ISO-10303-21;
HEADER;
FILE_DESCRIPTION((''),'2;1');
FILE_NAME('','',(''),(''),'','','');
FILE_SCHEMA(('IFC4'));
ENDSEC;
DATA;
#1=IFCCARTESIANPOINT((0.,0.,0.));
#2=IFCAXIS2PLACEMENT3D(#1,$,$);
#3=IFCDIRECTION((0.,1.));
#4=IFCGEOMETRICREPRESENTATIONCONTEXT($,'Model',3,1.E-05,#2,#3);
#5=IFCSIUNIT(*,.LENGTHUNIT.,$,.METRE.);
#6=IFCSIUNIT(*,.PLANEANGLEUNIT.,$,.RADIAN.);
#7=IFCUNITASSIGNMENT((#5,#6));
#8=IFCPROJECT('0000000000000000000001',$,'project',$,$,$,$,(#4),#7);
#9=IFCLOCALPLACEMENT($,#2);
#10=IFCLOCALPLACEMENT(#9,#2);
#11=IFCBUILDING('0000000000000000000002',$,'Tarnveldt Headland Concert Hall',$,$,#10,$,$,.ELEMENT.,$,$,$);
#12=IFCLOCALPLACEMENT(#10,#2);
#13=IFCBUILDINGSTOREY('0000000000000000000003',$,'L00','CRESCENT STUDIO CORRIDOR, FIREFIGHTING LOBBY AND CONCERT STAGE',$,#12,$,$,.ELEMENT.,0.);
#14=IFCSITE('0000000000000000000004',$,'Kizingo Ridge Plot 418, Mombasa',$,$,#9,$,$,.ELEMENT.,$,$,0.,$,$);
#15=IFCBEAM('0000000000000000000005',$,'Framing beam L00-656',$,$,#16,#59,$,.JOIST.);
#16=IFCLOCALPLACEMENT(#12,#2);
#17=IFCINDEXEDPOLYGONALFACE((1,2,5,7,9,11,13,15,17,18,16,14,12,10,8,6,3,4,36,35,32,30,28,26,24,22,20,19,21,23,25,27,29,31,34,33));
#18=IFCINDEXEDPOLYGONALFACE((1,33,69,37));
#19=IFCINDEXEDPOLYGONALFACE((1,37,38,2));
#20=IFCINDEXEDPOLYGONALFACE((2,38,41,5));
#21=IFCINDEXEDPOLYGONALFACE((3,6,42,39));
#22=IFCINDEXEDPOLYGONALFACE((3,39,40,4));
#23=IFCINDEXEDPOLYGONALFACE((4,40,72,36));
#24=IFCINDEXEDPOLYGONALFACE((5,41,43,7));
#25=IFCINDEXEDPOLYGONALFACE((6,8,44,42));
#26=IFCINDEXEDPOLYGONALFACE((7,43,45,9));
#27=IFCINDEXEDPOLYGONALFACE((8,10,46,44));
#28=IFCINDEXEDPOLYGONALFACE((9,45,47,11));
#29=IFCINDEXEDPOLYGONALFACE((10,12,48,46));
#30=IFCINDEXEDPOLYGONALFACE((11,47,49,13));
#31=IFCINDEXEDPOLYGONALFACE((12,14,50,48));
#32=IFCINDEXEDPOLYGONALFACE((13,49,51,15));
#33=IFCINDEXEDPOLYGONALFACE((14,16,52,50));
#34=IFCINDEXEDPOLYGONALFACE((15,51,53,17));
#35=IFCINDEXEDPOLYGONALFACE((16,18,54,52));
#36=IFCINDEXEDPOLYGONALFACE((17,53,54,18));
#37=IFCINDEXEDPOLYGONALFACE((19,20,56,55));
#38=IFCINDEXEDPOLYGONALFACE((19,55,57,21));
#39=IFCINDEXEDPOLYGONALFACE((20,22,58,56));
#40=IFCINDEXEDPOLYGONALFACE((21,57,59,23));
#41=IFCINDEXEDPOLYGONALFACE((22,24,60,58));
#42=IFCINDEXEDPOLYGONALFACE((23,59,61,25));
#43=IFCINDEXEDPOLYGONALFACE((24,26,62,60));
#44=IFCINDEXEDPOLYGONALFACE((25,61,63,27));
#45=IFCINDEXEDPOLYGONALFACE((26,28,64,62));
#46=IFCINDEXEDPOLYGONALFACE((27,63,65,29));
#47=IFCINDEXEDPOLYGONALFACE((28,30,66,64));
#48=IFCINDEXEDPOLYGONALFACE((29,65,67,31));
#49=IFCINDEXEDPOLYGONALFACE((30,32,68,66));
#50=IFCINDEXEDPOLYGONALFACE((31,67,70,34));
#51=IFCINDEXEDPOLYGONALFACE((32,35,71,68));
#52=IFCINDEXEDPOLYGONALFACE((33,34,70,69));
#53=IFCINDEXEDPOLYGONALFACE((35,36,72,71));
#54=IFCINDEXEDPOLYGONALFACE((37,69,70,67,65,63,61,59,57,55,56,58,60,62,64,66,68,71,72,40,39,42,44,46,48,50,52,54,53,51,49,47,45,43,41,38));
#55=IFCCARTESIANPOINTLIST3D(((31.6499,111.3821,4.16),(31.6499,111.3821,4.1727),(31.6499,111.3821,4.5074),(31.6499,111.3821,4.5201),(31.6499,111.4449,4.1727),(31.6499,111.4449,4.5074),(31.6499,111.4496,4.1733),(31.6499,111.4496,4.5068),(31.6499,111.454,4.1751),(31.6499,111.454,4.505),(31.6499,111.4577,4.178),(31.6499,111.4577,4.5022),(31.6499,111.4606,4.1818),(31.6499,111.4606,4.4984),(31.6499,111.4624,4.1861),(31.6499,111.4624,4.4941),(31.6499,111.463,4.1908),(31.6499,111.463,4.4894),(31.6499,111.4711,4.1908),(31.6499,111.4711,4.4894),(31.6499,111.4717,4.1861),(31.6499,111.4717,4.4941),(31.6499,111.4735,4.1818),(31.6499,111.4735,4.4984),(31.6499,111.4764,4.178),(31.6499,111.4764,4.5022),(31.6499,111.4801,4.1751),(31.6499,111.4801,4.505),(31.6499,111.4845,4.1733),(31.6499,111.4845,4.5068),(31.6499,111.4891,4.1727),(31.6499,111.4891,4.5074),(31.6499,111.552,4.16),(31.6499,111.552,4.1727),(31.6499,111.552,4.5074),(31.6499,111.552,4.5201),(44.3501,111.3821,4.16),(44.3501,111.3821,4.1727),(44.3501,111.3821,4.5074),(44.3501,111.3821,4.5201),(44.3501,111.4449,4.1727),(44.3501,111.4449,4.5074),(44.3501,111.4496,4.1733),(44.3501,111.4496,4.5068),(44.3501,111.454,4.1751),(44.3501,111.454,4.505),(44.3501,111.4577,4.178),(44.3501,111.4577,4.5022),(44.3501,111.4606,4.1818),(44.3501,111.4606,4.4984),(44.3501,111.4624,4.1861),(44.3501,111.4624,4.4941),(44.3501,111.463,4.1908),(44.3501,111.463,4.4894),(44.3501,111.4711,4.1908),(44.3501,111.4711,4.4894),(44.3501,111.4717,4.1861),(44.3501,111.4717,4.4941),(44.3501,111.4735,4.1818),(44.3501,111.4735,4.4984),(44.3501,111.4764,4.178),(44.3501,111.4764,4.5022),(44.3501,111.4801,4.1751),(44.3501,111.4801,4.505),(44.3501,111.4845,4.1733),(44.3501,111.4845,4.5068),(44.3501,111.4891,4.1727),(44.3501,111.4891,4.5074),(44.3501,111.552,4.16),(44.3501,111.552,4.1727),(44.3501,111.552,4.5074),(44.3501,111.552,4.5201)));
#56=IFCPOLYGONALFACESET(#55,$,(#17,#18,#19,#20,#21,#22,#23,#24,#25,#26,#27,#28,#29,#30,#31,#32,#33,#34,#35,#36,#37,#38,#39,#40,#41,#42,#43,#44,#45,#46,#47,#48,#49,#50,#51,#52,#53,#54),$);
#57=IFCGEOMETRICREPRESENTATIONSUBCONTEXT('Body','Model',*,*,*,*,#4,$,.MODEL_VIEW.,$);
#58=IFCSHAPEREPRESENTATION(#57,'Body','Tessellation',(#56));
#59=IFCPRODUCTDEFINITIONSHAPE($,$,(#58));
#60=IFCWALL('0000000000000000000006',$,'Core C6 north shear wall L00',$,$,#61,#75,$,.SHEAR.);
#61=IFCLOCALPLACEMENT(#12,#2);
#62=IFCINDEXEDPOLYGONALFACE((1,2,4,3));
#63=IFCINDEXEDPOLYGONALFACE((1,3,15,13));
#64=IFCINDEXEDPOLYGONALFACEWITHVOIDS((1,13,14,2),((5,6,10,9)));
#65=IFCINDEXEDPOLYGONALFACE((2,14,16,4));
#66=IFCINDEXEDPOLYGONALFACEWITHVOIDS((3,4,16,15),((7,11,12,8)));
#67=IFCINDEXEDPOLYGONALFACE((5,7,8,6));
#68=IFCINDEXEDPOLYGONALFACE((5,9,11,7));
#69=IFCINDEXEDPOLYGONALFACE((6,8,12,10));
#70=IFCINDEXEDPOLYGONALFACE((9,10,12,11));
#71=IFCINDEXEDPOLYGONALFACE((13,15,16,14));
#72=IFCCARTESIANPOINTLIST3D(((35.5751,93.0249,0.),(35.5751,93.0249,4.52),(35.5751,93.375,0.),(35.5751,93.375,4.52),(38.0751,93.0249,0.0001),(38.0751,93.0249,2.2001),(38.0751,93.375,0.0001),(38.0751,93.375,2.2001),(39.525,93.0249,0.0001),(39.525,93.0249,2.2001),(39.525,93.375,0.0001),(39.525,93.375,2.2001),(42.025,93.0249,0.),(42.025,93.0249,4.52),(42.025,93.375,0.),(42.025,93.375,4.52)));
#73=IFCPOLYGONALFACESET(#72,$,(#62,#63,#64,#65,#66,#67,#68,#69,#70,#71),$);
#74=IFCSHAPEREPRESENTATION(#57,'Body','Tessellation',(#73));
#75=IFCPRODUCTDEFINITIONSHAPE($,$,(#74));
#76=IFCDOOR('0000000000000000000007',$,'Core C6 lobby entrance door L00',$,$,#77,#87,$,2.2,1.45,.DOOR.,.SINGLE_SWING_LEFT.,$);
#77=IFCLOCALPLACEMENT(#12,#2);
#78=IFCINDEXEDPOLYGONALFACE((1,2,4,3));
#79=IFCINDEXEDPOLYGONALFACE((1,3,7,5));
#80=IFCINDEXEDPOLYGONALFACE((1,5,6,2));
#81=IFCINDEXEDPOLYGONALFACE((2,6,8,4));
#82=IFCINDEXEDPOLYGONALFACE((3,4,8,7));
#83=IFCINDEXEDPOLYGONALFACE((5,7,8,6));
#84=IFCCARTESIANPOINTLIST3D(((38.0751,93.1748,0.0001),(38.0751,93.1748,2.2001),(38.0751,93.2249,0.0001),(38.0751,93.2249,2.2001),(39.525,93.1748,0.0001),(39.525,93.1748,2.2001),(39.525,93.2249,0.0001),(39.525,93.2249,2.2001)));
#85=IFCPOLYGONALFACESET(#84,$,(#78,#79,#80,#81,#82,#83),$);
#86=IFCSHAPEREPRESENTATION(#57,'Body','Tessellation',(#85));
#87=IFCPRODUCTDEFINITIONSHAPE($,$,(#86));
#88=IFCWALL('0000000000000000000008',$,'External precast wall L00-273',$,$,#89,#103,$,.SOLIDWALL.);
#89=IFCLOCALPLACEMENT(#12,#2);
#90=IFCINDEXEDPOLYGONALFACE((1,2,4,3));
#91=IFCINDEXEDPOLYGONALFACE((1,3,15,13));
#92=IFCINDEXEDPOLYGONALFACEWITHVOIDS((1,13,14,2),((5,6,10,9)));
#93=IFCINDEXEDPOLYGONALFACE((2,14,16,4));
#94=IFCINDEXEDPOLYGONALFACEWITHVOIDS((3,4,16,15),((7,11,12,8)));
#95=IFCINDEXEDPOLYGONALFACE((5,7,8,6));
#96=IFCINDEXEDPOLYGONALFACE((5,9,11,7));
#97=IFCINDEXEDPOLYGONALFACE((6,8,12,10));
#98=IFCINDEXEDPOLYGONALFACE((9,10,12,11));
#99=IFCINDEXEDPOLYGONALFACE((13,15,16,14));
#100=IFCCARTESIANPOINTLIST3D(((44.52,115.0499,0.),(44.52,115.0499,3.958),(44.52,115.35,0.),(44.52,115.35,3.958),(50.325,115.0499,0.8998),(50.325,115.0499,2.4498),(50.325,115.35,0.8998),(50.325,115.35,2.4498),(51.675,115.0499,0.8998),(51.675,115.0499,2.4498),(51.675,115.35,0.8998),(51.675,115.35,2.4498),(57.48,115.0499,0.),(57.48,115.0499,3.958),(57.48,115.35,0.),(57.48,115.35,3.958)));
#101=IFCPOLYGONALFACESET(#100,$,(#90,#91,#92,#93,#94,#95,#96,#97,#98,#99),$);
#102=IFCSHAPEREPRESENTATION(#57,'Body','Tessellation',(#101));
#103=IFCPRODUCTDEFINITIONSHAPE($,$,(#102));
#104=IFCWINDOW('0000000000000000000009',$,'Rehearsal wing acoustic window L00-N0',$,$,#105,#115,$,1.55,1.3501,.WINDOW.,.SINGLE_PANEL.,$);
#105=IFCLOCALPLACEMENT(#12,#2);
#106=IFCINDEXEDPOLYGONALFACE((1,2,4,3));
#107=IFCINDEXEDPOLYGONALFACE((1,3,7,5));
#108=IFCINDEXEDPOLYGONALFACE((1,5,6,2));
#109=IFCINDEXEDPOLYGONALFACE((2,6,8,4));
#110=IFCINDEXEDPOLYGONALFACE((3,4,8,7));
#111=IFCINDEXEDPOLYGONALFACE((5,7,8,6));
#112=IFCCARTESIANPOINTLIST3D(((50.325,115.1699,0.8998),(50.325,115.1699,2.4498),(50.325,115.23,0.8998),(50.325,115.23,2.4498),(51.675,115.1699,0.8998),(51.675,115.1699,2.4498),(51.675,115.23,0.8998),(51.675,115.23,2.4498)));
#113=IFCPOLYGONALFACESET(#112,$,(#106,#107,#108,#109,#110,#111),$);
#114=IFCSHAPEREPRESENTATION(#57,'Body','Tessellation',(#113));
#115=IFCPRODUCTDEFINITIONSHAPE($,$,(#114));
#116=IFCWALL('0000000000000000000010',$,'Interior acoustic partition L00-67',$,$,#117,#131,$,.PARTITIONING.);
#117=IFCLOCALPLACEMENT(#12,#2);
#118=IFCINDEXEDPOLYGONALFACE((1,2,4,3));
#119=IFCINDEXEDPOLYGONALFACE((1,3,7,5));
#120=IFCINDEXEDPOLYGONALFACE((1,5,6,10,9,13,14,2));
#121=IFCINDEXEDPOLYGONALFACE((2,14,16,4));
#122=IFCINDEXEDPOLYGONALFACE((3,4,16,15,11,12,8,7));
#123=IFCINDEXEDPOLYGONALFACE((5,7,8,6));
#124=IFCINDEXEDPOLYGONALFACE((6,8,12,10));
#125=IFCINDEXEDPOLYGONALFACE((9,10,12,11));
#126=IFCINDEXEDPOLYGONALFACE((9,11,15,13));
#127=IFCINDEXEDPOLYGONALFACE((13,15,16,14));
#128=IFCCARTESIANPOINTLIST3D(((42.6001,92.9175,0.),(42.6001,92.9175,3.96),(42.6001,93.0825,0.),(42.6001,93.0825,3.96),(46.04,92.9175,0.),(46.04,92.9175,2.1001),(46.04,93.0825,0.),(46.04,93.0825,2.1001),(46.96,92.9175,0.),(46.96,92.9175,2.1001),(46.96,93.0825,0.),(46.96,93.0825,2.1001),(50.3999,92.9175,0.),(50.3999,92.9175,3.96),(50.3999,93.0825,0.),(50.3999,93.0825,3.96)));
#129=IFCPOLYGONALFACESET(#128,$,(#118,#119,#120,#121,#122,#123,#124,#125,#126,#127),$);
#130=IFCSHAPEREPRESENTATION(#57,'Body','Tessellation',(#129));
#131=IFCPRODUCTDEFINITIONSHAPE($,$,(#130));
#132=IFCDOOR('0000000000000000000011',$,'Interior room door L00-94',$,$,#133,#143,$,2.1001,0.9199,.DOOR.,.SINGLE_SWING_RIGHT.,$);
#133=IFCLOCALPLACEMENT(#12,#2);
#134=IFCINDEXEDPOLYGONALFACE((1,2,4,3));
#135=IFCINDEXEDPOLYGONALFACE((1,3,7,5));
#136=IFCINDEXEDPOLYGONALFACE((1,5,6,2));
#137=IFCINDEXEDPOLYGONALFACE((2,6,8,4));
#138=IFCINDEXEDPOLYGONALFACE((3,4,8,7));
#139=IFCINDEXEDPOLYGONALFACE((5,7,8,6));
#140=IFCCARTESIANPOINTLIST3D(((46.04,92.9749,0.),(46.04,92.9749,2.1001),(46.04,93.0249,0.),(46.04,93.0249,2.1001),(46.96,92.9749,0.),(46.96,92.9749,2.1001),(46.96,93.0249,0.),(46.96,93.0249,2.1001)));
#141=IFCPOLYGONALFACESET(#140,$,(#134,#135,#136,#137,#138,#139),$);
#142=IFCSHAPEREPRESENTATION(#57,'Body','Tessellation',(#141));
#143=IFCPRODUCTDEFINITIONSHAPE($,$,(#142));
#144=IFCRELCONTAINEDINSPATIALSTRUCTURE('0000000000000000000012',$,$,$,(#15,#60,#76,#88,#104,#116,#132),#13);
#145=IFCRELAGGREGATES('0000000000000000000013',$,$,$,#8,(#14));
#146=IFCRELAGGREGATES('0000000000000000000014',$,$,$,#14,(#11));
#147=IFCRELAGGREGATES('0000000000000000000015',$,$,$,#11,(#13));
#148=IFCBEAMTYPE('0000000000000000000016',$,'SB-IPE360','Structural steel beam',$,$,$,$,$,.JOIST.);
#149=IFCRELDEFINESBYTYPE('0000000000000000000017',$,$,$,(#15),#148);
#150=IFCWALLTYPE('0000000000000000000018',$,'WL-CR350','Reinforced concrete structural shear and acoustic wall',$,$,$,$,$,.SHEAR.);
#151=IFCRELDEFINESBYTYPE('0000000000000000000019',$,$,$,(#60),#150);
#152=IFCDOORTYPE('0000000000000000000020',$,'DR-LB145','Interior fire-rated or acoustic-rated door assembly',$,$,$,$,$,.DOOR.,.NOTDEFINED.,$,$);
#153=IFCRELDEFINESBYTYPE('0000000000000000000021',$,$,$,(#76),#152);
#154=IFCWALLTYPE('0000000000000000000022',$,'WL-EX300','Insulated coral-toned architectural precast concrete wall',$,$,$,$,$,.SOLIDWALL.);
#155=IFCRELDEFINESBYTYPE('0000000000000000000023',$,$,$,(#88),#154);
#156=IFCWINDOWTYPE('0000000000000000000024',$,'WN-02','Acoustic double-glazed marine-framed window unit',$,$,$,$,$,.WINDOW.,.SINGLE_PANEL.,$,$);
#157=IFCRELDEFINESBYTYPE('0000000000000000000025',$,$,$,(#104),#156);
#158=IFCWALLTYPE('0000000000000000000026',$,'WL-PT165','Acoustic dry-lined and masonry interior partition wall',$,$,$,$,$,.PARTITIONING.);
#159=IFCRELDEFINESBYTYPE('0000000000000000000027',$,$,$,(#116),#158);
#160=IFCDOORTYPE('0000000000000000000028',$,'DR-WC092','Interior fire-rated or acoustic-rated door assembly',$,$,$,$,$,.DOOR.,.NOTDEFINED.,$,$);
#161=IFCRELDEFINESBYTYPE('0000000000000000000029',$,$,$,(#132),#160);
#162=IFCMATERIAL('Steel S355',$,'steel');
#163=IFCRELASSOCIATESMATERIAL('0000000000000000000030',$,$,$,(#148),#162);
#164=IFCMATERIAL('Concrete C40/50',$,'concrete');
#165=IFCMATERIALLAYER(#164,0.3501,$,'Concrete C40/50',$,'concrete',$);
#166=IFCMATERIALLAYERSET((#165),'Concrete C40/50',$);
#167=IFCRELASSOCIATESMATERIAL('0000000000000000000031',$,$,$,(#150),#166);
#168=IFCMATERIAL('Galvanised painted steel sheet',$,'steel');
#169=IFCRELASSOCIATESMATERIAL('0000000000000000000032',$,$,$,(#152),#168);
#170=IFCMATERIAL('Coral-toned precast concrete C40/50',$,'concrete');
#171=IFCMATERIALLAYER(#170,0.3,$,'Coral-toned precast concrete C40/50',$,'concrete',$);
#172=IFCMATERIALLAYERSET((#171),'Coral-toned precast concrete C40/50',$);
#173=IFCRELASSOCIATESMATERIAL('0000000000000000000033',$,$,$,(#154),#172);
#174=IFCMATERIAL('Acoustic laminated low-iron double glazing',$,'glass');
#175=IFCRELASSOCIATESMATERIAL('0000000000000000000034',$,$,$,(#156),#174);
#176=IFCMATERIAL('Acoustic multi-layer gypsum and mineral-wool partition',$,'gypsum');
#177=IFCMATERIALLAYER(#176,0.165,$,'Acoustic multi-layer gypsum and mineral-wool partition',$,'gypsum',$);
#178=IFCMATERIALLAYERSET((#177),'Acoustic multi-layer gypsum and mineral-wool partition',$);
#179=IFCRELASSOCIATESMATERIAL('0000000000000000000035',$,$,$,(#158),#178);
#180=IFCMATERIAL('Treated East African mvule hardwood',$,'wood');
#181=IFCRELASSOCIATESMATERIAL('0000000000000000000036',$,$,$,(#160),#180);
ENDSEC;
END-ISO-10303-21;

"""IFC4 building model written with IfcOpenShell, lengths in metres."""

from ifc_helpers import new_model, si_unit, direction, frame, frame_2d, origin, origin_2d, place, context, subcontext, project, spatial, rectangle, i_section, extrude, material, layer, layer_set, material_profile, profile_set, type_object, element, fill, save


model = new_model("IFC4")

# Units and contexts
model_context = context("Model", 3, precision=1e-05, world=origin(), true_north=direction((0.0, 1.0)))
body_context = subcontext(model_context, "Body", "Model", "MODEL_VIEW")
ifc_project = project(units=[si_unit("LENGTHUNIT", "METRE"), si_unit("PLANEANGLEUNIT", "RADIAN")], contexts=[model_context])

# Site, building, storey
site_placement = place(None, origin())
site = spatial("IfcSite", under=ifc_project, at=site_placement, Name="Kizingo Ridge Plot 418, Mombasa", CompositionType="ELEMENT", RefElevation=0.0)
building_placement = place(site_placement, origin())
building = spatial("IfcBuilding", under=site, at=building_placement, Name="Tarnveldt Headland Concert Hall", CompositionType="ELEMENT")
storey_placement = place(building_placement, origin())
storey = spatial("IfcBuildingStorey", under=building, at=storey_placement, Name="L00", Description="CRESCENT STUDIO CORRIDOR, FIREFIGHTING LOBBY AND CONCERT STAGE", CompositionType="ELEMENT", Elevation=0.0)

# Shared definitions
ifc_material_1 = material(Name="Concrete C40/50", Category="concrete")

# Beam
ifc_material_2 = material(Name="Steel S355", Category="steel")
ifc_material_profile_1 = material_profile(ifc_material_2, i_section(OverallWidth=0.1699, OverallDepth=0.3601, WebThickness=0.0081, FlangeThickness=0.0127, FilletRadius=0.0181, at=origin_2d()), Name="IPE360", Category="steel")
ifc_profile_set_1 = profile_set([ifc_material_profile_1], Name="Steel S355")
beam_type_1 = type_object("IfcBeamType", Name="SB-IPE360", Description="Structural steel beam", PredefinedType="JOIST", material=ifc_profile_set_1)
for number, where, z_axis, x_axis, name in (
    (1, (31.6499, 111.467, 4.3401), (1.0, 0.0, 0.0), (0.0, 1.0, 0.0), "Framing beam L00-656"),
):
    element("IfcBeam", number, at=place(storey_placement, frame(where, z_axis=z_axis, x_axis=x_axis)), inside=storey, type_object=beam_type_1, Name=name, PredefinedType="JOIST", context=body_context, shape_type="SweptSolid", body=[
        extrude(i_section(OverallWidth=0.1699, OverallDepth=0.3601, WebThickness=0.0081, FlangeThickness=0.0127, FilletRadius=0.0181, at=origin_2d()), origin(), (0.0, 0.0, 1.0), 12.7002),
    ])

# Wall, opening, door
ifc_layer_1 = layer(ifc_material_1, 0.3501, Name="Concrete C40/50", Category="concrete")
ifc_layer_set_1 = layer_set([ifc_layer_1], Name="Concrete C40/50")
wall_type_1 = type_object("IfcWallType", Name="WL-CR350", Description="Reinforced concrete structural shear and acoustic wall", PredefinedType="SHEAR", material=ifc_layer_set_1)
wall_1_placement = place(storey_placement, frame((35.575, 93.2, 0.0), z_axis=(0.0, 0.0, 1.0), x_axis=(1.0, 0.0, 0.0)))
wall_1 = element("IfcWall", 2, at=wall_1_placement, inside=storey, type_object=wall_type_1, Name="Core C6 north shear wall L00", PredefinedType="SHEAR", context=body_context, shape_type="SweptSolid", body=[
    extrude(rectangle(XDim=6.45, YDim=0.3501, at=frame_2d((3.2251, 0.0))), origin(), (0.0, 0.0, 1.0), 4.52),
])
opening_1_placement = place(wall_1_placement, frame((2.5, 0.0, 0.0)))
opening_1 = element("IfcOpeningElement", 3, at=opening_1_placement, cuts=wall_1, PredefinedType="OPENING", context=body_context, shape_type="SweptSolid", body=[
    extrude(rectangle(XDim=1.45, YDim=2.2, at=frame_2d((0.7251, 1.1001))), frame((0.0, 0.1851, 0.0), z_axis=(0.0, -1.0, 0.0), x_axis=(1.0, 0.0, 0.0)), (0.0, 0.0, 1.0), 0.3701),
])
ifc_material_3 = material(Name="Galvanised painted steel sheet", Category="steel")
door_type_1 = type_object("IfcDoorType", Name="DR-LB145", Description="Interior fire-rated or acoustic-rated door assembly", OperationType="NOTDEFINED", PredefinedType="DOOR", material=ifc_material_3)
door_1_placement = place(opening_1_placement, origin())
door_1 = element("IfcDoor", 4, at=door_1_placement, inside=storey, type_object=door_type_1, Name="Core C6 lobby entrance door L00", OperationType="SINGLE_SWING_LEFT", OverallHeight=2.2, OverallWidth=1.45, PredefinedType="DOOR", context=body_context, shape_type="SweptSolid", body=[
    extrude(rectangle(XDim=1.45, YDim=2.2, at=frame_2d((0.7251, 1.1001))), frame((0.0, 0.0249, 0.0), z_axis=(0.0, -1.0, 0.0), x_axis=(1.0, 0.0, 0.0)), (0.0, 0.0, 1.0), 0.05),
])
fill(opening_1, door_1)

# Wall, opening, window
ifc_material_4 = material(Name="Coral-toned precast concrete C40/50", Category="concrete")
ifc_layer_2 = layer(ifc_material_4, 0.3, Name="Coral-toned precast concrete C40/50", Category="concrete")
ifc_layer_set_2 = layer_set([ifc_layer_2], Name="Coral-toned precast concrete C40/50")
wall_type_2 = type_object("IfcWallType", Name="WL-EX300", Description="Insulated coral-toned architectural precast concrete wall", PredefinedType="SOLIDWALL", material=ifc_layer_set_2)
wall_2_placement = place(storey_placement, frame((44.52, 115.2, 0.0), z_axis=(0.0, 0.0, 1.0), x_axis=(1.0, 0.0, 0.0)))
wall_2 = element("IfcWall", 5, at=wall_2_placement, inside=storey, type_object=wall_type_2, Name="External precast wall L00-273", PredefinedType="SOLIDWALL", context=body_context, shape_type="SweptSolid", body=[
    extrude(rectangle(XDim=12.96, YDim=0.3, at=frame_2d((6.48, 0.0))), origin(), (0.0, 0.0, 1.0), 3.958),
])
opening_2_placement = place(wall_2_placement, frame((5.8049, 0.0, 0.8999)))
opening_2 = element("IfcOpeningElement", 6, at=opening_2_placement, cuts=wall_2, PredefinedType="OPENING", context=body_context, shape_type="SweptSolid", body=[
    extrude(rectangle(XDim=1.3501, YDim=1.55, at=frame_2d((0.675, 0.7749))), frame((0.0, 0.1599, 0.0), z_axis=(0.0, -1.0, 0.0), x_axis=(1.0, 0.0, 0.0)), (0.0, 0.0, 1.0), 0.3201),
])
ifc_material_5 = material(Name="Acoustic laminated low-iron double glazing", Category="glass")
window_type = type_object("IfcWindowType", Name="WN-02", Description="Acoustic double-glazed marine-framed window unit", PartitioningType="SINGLE_PANEL", PredefinedType="WINDOW", material=ifc_material_5)
window_placement = place(opening_2_placement, origin())
window = element("IfcWindow", 7, at=window_placement, inside=storey, type_object=window_type, Name="Rehearsal wing acoustic window L00-N0", OverallHeight=1.55, OverallWidth=1.3501, PartitioningType="SINGLE_PANEL", PredefinedType="WINDOW", context=body_context, shape_type="SweptSolid", body=[
    extrude(rectangle(XDim=1.3501, YDim=1.55, at=frame_2d((0.675, 0.7749))), frame((0.0, 0.03, 0.0), z_axis=(0.0, -1.0, 0.0), x_axis=(1.0, 0.0, 0.0)), (0.0, 0.0, 1.0), 0.0601),
])
fill(opening_2, window)

# Wall, opening, door
ifc_material_6 = material(Name="Acoustic multi-layer gypsum and mineral-wool partition", Category="gypsum")
ifc_layer_3 = layer(ifc_material_6, 0.165, Name="Acoustic multi-layer gypsum and mineral-wool partition", Category="gypsum")
ifc_layer_set_3 = layer_set([ifc_layer_3], Name="Acoustic multi-layer gypsum and mineral-wool partition")
wall_type_3 = type_object("IfcWallType", Name="WL-PT165", Description="Acoustic dry-lined and masonry interior partition wall", PredefinedType="PARTITIONING", material=ifc_layer_set_3)
wall_3_placement = place(storey_placement, frame((42.6001, 93.0, 0.0), z_axis=(0.0, 0.0, 1.0), x_axis=(1.0, 0.0, 0.0)))
wall_3 = element("IfcWall", 8, at=wall_3_placement, inside=storey, type_object=wall_type_3, Name="Interior acoustic partition L00-67", PredefinedType="PARTITIONING", context=body_context, shape_type="SweptSolid", body=[
    extrude(rectangle(XDim=7.7998, YDim=0.165, at=frame_2d((3.8999, 0.0))), origin(), (0.0, 0.0, 1.0), 3.96),
])
opening_3_placement = place(wall_3_placement, frame((3.4399, 0.0, 0.0)))
opening_3 = element("IfcOpeningElement", 9, at=opening_3_placement, cuts=wall_3, PredefinedType="OPENING", context=body_context, shape_type="SweptSolid", body=[
    extrude(rectangle(XDim=0.9199, YDim=2.1001, at=frame_2d((0.46, 1.05))), frame((0.0, 0.0925, 0.0), z_axis=(0.0, -1.0, 0.0), x_axis=(1.0, 0.0, 0.0)), (0.0, 0.0, 1.0), 0.1851),
])
ifc_material_7 = material(Name="Treated East African mvule hardwood", Category="wood")
door_type_2 = type_object("IfcDoorType", Name="DR-WC092", Description="Interior fire-rated or acoustic-rated door assembly", OperationType="NOTDEFINED", PredefinedType="DOOR", material=ifc_material_7)
door_2_placement = place(opening_3_placement, origin())
door_2 = element("IfcDoor", 10, at=door_2_placement, inside=storey, type_object=door_type_2, Name="Interior room door L00-94", OperationType="SINGLE_SWING_RIGHT", OverallHeight=2.1001, OverallWidth=0.9199, PredefinedType="DOOR", context=body_context, shape_type="SweptSolid", body=[
    extrude(rectangle(XDim=0.9199, YDim=2.1001, at=frame_2d((0.46, 1.05))), frame((0.0, 0.0249, 0.0), z_axis=(0.0, -1.0, 0.0), x_axis=(1.0, 0.0, 0.0)), (0.0, 0.0, 1.0), 0.05),
])
fill(opening_3, door_2)

save(model, "model.ifc")
